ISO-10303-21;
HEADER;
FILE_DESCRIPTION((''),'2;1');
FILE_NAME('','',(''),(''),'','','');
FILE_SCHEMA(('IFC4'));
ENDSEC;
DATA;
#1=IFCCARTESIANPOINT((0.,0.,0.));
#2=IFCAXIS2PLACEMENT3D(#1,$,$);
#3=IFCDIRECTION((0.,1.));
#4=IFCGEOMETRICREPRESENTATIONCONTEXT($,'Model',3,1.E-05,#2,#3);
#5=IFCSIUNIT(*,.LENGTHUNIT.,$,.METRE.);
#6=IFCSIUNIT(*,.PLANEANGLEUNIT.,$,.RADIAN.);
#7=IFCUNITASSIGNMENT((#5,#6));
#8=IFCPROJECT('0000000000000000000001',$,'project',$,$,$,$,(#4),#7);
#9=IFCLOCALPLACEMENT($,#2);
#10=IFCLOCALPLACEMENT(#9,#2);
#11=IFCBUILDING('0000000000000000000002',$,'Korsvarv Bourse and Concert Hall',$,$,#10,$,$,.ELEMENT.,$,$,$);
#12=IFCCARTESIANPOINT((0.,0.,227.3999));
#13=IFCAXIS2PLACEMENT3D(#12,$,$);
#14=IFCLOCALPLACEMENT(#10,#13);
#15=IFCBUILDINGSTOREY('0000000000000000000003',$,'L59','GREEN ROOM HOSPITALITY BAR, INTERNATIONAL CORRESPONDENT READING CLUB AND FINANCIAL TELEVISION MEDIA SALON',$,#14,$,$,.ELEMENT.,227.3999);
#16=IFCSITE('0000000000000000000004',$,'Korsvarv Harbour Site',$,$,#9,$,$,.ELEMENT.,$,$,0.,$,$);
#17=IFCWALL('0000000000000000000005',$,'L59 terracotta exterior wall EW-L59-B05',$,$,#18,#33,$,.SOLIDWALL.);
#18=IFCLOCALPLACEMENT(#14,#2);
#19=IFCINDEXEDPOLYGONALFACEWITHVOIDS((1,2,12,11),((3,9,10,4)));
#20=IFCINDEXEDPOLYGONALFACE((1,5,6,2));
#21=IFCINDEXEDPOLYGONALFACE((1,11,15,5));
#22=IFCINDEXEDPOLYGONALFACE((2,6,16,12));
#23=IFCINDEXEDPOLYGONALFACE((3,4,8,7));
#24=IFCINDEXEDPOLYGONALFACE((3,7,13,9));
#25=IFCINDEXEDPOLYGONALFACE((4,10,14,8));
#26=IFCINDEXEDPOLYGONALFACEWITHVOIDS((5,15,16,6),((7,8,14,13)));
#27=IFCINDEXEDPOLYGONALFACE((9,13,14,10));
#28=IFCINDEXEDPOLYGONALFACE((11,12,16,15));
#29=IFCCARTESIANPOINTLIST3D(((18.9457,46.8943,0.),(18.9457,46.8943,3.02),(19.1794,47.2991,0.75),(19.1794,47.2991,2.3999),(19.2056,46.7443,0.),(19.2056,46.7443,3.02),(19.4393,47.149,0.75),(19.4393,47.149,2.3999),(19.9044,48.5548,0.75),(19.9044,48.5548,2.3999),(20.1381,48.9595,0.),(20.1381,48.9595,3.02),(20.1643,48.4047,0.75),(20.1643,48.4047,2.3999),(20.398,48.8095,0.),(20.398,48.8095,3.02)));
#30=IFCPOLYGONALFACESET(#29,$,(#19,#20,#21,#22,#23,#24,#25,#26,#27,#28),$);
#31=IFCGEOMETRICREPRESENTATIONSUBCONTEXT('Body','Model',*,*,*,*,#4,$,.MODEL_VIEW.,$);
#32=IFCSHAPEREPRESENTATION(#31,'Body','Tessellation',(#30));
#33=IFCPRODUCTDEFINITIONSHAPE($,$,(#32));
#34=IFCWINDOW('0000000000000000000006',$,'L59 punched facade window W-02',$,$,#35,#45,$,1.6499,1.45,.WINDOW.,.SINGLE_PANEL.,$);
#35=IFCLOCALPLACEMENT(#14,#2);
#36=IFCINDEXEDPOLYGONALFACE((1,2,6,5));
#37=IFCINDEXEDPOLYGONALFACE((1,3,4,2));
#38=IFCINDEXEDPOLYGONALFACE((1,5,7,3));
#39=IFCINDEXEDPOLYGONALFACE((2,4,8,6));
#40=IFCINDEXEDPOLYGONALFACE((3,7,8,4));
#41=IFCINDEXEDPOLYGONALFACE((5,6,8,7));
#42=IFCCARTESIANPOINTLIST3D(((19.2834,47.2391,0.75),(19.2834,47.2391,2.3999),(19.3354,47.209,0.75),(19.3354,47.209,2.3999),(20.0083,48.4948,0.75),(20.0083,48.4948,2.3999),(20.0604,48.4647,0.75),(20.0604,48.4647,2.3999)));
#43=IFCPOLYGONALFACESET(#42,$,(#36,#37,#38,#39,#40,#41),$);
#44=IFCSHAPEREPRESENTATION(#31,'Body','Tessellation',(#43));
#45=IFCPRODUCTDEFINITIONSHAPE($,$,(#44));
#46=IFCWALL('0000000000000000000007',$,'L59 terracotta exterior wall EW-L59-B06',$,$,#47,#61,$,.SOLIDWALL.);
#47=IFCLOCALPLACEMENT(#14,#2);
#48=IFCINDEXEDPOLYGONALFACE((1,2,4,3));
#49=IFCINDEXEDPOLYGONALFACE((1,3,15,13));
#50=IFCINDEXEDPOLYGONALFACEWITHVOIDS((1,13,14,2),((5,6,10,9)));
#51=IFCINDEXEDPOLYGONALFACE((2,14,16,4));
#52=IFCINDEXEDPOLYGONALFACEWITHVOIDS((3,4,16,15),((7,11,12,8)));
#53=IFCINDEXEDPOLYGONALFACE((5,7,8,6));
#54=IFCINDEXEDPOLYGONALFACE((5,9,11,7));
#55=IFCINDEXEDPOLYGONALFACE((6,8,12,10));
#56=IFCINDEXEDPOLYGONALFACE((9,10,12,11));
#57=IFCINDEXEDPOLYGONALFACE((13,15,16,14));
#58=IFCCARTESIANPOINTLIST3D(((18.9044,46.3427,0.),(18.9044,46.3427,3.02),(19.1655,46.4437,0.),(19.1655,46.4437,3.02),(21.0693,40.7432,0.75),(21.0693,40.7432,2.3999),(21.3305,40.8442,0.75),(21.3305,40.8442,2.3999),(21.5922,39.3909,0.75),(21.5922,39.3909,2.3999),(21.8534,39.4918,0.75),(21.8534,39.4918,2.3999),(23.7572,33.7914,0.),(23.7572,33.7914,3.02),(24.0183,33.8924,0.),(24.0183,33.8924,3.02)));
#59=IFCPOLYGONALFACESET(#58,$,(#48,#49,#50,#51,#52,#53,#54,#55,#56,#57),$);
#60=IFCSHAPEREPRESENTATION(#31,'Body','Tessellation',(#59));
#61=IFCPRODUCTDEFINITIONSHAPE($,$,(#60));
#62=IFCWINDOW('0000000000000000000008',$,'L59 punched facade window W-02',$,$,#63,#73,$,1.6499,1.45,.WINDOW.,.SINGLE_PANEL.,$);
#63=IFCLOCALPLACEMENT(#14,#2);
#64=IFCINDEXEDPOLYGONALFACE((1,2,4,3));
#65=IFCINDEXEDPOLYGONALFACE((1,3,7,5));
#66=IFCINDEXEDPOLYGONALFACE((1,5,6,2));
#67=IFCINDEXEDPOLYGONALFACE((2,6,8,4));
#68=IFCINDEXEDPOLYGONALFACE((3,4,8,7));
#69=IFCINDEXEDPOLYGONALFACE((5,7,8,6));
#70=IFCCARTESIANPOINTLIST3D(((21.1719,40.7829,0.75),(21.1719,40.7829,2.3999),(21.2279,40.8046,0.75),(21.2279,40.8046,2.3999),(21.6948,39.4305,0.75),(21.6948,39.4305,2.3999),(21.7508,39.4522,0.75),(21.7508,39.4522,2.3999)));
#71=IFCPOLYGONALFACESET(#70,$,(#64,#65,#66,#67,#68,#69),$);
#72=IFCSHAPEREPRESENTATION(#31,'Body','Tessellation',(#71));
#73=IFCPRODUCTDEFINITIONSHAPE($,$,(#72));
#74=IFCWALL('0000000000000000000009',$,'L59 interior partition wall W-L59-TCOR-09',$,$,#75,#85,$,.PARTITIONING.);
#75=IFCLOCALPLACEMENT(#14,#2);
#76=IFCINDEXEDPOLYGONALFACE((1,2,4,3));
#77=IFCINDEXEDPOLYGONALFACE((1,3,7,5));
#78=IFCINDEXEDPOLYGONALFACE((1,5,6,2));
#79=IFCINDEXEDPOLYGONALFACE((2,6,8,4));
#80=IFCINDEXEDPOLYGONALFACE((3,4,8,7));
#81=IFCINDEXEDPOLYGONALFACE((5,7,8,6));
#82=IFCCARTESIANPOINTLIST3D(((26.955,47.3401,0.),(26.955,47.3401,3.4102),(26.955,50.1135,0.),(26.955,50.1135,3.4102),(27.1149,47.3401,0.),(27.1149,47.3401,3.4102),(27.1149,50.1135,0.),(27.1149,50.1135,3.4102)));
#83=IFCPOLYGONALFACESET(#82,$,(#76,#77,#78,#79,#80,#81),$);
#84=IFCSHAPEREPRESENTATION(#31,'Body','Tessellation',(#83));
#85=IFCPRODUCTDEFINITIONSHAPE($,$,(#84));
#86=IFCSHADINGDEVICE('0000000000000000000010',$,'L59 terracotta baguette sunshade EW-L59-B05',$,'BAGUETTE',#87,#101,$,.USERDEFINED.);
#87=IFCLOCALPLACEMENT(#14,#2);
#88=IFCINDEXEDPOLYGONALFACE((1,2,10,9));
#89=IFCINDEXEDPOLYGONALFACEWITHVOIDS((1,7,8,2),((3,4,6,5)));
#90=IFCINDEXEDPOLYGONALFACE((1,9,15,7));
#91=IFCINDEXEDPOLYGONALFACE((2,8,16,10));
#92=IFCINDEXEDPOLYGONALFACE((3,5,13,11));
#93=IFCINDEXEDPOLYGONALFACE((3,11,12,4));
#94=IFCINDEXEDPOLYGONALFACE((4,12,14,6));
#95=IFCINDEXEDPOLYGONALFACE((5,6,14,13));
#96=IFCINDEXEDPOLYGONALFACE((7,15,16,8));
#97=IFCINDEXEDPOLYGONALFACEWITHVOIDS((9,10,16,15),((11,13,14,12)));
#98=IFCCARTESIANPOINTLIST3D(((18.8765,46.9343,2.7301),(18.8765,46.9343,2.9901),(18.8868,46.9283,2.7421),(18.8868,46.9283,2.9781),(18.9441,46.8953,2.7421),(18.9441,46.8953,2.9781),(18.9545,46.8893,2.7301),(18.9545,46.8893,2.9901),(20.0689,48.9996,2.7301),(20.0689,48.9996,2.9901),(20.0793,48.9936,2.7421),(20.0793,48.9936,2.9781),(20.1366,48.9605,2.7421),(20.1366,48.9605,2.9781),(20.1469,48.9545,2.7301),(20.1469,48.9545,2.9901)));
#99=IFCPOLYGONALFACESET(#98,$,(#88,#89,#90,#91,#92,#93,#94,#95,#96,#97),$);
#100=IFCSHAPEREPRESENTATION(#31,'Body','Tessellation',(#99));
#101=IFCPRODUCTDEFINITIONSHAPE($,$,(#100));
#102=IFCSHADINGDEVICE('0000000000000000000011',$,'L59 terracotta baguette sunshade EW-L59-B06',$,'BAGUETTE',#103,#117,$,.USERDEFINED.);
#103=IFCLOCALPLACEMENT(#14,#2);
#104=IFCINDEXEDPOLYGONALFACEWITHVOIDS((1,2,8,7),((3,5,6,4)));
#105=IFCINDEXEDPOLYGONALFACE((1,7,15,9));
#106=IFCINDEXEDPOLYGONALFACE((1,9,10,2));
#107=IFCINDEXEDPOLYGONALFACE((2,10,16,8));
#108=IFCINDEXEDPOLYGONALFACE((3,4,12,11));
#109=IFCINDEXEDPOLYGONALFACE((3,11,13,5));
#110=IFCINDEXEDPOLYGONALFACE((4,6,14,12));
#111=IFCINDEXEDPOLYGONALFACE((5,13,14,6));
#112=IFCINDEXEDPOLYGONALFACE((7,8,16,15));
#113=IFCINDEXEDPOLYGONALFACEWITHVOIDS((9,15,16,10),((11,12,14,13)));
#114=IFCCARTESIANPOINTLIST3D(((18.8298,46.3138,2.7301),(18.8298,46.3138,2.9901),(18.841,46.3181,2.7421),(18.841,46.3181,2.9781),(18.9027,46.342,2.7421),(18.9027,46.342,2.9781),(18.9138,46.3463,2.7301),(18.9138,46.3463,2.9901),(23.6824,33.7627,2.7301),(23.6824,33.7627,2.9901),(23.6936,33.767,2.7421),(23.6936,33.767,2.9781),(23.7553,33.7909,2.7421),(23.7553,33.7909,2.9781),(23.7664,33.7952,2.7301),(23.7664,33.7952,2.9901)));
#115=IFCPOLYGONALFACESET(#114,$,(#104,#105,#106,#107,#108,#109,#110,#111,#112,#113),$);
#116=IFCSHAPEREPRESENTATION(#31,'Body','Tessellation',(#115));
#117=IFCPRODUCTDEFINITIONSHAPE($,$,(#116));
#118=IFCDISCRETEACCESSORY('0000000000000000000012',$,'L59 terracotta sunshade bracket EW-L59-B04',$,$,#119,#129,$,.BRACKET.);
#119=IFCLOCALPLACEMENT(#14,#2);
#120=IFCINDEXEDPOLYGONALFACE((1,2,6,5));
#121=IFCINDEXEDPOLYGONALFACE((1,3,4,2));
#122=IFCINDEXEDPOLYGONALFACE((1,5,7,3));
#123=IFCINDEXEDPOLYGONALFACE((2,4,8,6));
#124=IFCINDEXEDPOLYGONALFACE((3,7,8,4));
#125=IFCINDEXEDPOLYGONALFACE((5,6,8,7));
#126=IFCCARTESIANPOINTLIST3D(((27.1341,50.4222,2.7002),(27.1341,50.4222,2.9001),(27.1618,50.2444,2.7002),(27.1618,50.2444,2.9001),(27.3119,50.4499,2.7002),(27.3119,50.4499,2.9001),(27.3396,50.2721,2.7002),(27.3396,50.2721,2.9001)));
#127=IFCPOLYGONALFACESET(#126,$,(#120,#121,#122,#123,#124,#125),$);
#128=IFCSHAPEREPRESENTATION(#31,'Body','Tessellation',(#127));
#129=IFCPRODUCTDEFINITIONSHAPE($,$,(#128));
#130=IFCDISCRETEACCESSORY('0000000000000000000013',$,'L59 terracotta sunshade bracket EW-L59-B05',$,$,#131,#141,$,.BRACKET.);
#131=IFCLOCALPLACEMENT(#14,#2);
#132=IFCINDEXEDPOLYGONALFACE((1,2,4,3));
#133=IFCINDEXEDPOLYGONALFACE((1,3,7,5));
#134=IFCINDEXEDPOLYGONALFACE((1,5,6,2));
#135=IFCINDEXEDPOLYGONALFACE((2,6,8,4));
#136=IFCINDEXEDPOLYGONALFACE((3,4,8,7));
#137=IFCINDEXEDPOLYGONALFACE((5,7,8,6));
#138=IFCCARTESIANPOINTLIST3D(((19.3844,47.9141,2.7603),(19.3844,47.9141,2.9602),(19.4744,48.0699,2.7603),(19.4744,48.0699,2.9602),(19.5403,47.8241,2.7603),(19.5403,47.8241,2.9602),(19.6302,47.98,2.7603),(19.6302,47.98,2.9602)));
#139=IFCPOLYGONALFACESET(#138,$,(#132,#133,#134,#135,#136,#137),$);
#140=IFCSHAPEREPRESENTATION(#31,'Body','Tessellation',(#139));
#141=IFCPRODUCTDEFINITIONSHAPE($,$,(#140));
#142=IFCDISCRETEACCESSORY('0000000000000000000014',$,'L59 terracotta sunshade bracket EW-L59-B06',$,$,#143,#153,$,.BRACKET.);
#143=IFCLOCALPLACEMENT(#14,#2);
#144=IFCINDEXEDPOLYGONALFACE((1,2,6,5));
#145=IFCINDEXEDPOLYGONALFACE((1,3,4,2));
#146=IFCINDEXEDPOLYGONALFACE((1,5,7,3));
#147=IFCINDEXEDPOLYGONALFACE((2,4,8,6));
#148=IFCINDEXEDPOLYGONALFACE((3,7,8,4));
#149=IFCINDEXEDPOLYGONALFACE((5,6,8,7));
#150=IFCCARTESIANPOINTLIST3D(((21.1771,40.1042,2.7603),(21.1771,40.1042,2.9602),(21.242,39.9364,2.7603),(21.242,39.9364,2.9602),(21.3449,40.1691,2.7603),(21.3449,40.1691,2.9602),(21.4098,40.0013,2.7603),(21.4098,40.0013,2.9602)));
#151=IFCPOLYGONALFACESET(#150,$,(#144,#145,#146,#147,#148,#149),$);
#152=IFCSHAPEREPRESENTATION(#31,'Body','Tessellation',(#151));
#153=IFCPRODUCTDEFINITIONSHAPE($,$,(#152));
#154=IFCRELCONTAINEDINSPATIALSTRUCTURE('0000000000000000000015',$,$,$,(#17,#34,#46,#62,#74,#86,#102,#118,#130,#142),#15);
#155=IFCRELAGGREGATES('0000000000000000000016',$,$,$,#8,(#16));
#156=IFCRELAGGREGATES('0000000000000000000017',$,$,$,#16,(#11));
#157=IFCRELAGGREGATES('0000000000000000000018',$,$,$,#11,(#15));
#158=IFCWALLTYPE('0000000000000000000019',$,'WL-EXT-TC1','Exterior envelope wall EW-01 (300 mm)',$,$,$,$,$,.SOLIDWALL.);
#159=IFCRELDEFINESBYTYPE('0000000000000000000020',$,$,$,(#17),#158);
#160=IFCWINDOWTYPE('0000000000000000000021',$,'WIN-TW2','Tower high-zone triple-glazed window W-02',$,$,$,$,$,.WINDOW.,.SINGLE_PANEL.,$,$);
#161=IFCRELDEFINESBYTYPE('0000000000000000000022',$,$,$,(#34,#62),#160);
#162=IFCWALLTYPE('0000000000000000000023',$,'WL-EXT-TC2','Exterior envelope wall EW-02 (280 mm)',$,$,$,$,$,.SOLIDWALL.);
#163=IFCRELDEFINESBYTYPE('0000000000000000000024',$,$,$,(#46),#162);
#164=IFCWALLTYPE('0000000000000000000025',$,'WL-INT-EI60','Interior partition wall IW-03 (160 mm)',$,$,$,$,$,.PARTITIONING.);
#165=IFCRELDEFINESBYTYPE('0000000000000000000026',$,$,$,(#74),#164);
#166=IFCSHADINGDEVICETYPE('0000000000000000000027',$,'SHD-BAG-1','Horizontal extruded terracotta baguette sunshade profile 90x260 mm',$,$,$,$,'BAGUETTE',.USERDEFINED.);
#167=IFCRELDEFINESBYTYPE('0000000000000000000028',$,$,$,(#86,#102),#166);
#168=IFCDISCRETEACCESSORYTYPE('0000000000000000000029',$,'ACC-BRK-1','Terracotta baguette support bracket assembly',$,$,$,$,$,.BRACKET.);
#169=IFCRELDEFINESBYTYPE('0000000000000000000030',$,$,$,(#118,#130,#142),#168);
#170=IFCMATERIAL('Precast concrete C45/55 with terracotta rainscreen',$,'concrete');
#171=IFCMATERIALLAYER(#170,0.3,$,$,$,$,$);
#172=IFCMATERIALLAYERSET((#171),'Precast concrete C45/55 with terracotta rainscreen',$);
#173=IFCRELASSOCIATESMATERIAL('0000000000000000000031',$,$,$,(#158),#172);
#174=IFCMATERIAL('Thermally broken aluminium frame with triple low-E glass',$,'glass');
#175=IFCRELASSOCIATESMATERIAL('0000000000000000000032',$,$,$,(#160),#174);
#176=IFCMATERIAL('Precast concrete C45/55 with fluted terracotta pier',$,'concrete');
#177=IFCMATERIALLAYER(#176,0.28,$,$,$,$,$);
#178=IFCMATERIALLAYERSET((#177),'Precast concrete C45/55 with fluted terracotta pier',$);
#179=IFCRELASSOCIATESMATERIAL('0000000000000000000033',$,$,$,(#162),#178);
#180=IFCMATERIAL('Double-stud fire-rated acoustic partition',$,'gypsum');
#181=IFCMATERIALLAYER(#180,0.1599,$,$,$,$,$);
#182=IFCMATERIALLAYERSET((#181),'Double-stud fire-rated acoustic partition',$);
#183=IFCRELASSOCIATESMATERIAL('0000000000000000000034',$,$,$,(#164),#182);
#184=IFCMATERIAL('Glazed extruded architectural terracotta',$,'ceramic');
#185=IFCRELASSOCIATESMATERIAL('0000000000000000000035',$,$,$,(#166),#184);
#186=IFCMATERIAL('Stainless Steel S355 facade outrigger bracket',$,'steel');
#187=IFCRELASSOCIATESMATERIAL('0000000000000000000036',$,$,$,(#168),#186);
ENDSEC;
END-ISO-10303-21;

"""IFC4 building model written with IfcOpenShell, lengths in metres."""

from ifc_helpers import new_model, si_unit, direction, frame, frame_2d, origin, origin_2d, place, context, subcontext, project, spatial, rectangle, hollow_rectangle, extrude, source, transform, mapped, material, layer, layer_set, material_profile, profile_set, type_object, element, fill, save


model = new_model("IFC4")

# Units and contexts
model_context = context("Model", 3, precision=1e-05, world=origin(), true_north=direction((0.0, 1.0)))
body_context = subcontext(model_context, "Body", "Model", "MODEL_VIEW")
ifc_project = project(units=[si_unit("LENGTHUNIT", "METRE"), si_unit("PLANEANGLEUNIT", "RADIAN")], contexts=[model_context])

# Site, building, storey
site_placement = place(None, origin())
site = spatial("IfcSite", under=ifc_project, at=site_placement, Name="Korsvarv Harbour Site", CompositionType="ELEMENT", RefElevation=0.0)
building_placement = place(site_placement, origin())
building = spatial("IfcBuilding", under=site, at=building_placement, Name="Korsvarv Bourse and Concert Hall", CompositionType="ELEMENT")
storey_placement = place(building_placement, frame((0.0, 0.0, 227.3999)))
storey = spatial("IfcBuildingStorey", under=building, at=storey_placement, Name="L59", Description="GREEN ROOM HOSPITALITY BAR, INTERNATIONAL CORRESPONDENT READING CLUB AND FINANCIAL TELEVISION MEDIA SALON", CompositionType="ELEMENT", Elevation=227.3999)

# Walls, openings, windows
ifc_material_1 = material(Name="Precast concrete C45/55 with terracotta rainscreen", Category="concrete")
ifc_layer_1 = layer(ifc_material_1, 0.3)
ifc_layer_set_1 = layer_set([ifc_layer_1], Name="Precast concrete C45/55 with terracotta rainscreen")
wall_type_1 = type_object("IfcWallType", Name="WL-EXT-TC1", Description="Exterior envelope wall EW-01 (300 mm)", PredefinedType="SOLIDWALL", material=ifc_layer_set_1)
wall_1_placement = place(storey_placement, frame((20.2681, 48.8845, 0.0), z_axis=(0.0, 0.0, 1.0), x_axis=(-0.500015, -0.866017, 0.0)))
wall_1 = element("IfcWall", 1, at=wall_1_placement, inside=storey, type_object=wall_type_1, Name="L59 terracotta exterior wall EW-L59-B05", PredefinedType="SOLIDWALL", context=body_context, shape_type="SweptSolid", body=[
    extrude(rectangle(XDim=2.3848, YDim=0.3, at=frame_2d((1.1924, 0.0))), origin(), (0.0, 0.0, 1.0), 3.02),
])
opening_1_placement = place(wall_1_placement, frame((0.4673, 0.0, 0.75)))
opening_1 = element("IfcOpeningElement", 2, at=opening_1_placement, cuts=wall_1, PredefinedType="OPENING", context=body_context, shape_type="SweptSolid", body=[
    extrude(rectangle(XDim=1.45, YDim=1.6499, at=frame_2d((0.7251, 0.825))), frame((0.0, 0.1602, 0.0), z_axis=(0.0, -1.0, 0.0), x_axis=(1.0, 0.0, 0.0)), (0.0, 0.0, 1.0), 0.3201),
])
ifc_material_2 = material(Name="Thermally broken aluminium frame with triple low-E glass", Category="glass")
window_type = type_object("IfcWindowType", Name="WIN-TW2", Description="Tower high-zone triple-glazed window W-02", PartitioningType="SINGLE_PANEL", PredefinedType="WINDOW", material=ifc_material_2)
window_1_placement = place(opening_1_placement, origin())
window_1 = element("IfcWindow", 3, at=window_1_placement, inside=storey, type_object=window_type, Name="L59 punched facade window W-02", OverallHeight=1.6499, OverallWidth=1.45, PartitioningType="SINGLE_PANEL", PredefinedType="WINDOW", context=body_context, shape_type="SweptSolid", body=[
    extrude(rectangle(XDim=1.45, YDim=1.6499, at=frame_2d((0.7251, 0.825))), frame((0.0, 0.03, 0.0), z_axis=(0.0, -1.0, 0.0), x_axis=(1.0, 0.0, 0.0)), (0.0, 0.0, 1.0), 0.0601),
])
fill(opening_1, window_1)
ifc_material_3 = material(Name="Precast concrete C45/55 with fluted terracotta pier", Category="concrete")
ifc_layer_2 = layer(ifc_material_3, 0.28)
ifc_layer_set_2 = layer_set([ifc_layer_2], Name="Precast concrete C45/55 with fluted terracotta pier")
wall_type_2 = type_object("IfcWallType", Name="WL-EXT-TC2", Description="Exterior envelope wall EW-02 (280 mm)", PredefinedType="SOLIDWALL", material=ifc_layer_set_2)
wall_2_placement = place(storey_placement, frame((19.0349, 46.3933, 0.0), z_axis=(0.0, 0.0, 1.0), x_axis=(0.360621, -0.932712, 0.0)))
wall_2 = element("IfcWall", 4, at=wall_2_placement, inside=storey, type_object=wall_type_2, Name="L59 terracotta exterior wall EW-L59-B06", PredefinedType="SOLIDWALL", context=body_context, shape_type="SweptSolid", body=[
    extrude(rectangle(XDim=13.4568, YDim=0.28, at=frame_2d((6.7285, 0.0))), origin(), (0.0, 0.0, 1.0), 3.02),
])
opening_2_placement = place(wall_2_placement, frame((6.0034, 0.0, 0.75)))
opening_2 = element("IfcOpeningElement", 5, at=opening_2_placement, cuts=wall_2, PredefinedType="OPENING", context=body_context, shape_type="SweptSolid", body=[
    extrude(rectangle(XDim=1.45, YDim=1.6499, at=frame_2d((0.7251, 0.825))), frame((0.0, 0.1499, 0.0), z_axis=(0.0, -1.0, 0.0), x_axis=(1.0, 0.0, 0.0)), (0.0, 0.0, 1.0), 0.3),
])
window_2_placement = place(opening_2_placement, origin())
window_2 = element("IfcWindow", 6, at=window_2_placement, inside=storey, type_object=window_type, Name="L59 punched facade window W-02", OverallHeight=1.6499, OverallWidth=1.45, PartitioningType="SINGLE_PANEL", PredefinedType="WINDOW", context=body_context, shape_type="SweptSolid", body=[
    extrude(rectangle(XDim=1.45, YDim=1.6499, at=frame_2d((0.7251, 0.825))), frame((0.0, 0.03, 0.0), z_axis=(0.0, -1.0, 0.0), x_axis=(1.0, 0.0, 0.0)), (0.0, 0.0, 1.0), 0.0601),
])
fill(opening_2, window_2)

# Wall
ifc_material_4 = material(Name="Double-stud fire-rated acoustic partition", Category="gypsum")
ifc_layer_3 = layer(ifc_material_4, 0.1599)
ifc_layer_set_3 = layer_set([ifc_layer_3], Name="Double-stud fire-rated acoustic partition")
wall_type_3 = type_object("IfcWallType", Name="WL-INT-EI60", Description="Interior partition wall IW-03 (160 mm)", PredefinedType="PARTITIONING", material=ifc_layer_set_3)
wall_3_placement = place(storey_placement, frame((27.0349, 47.3401, 0.0), z_axis=(0.0, 0.0, 1.0), x_axis=(0.0, 1.0, 0.0)))
element("IfcWall", 7, at=wall_3_placement, inside=storey, type_object=wall_type_3, Name="L59 interior partition wall W-L59-TCOR-09", PredefinedType="PARTITIONING", context=body_context, shape_type="SweptSolid", body=[
    extrude(rectangle(XDim=2.7734, YDim=0.1599, at=frame_2d((1.3867, 0.0))), origin(), (0.0, 0.0, 1.0), 3.4102),
])

# Shading devices
ifc_material_5 = material(Name="Glazed extruded architectural terracotta", Category="ceramic")
ifc_material_profile_1 = material_profile(ifc_material_5, hollow_rectangle(XDim=0.0901, YDim=0.26, WallThickness=0.012, at=origin_2d()), Name="TC-BAG 90x260")
ifc_profile_set_1 = profile_set([ifc_material_profile_1], Name="Glazed extruded architectural terracotta")
shading_device_type = type_object("IfcShadingDeviceType", Name="SHD-BAG-1", Description="Horizontal extruded terracotta baguette sunshade profile 90x260 mm", ElementType="BAGUETTE", PredefinedType="USERDEFINED", material=ifc_profile_set_1)
shared_shape_1 = source(origin(), body_context, "Body", "SweptSolid", [
    extrude(hollow_rectangle(XDim=0.0901, YDim=0.26, WallThickness=0.012, at=origin_2d()), origin(), (0.0, 0.0, 1.0), 2.3848),
])
shading_device_1_placement = place(storey_placement, frame((20.1079, 48.9771, 2.8601), z_axis=(-0.500015, -0.866017, 0.0), x_axis=(0.866017, -0.500015, 0.0)))
element("IfcShadingDevice", 8, at=shading_device_1_placement, inside=storey, type_object=shading_device_type, Name="L59 terracotta baguette sunshade EW-L59-B05", ObjectType="BAGUETTE", PredefinedType="USERDEFINED", context=body_context, shape_type="MappedRepresentation", body=[
    mapped(shared_shape_1, transform((0.0, 0.0, 0.0), scale=1.0)),
])
shared_shape_2 = source(origin(), body_context, "Body", "SweptSolid", [
    extrude(hollow_rectangle(XDim=0.0901, YDim=0.26, WallThickness=0.012, at=origin_2d()), origin(), (0.0, 0.0, 1.0), 13.4565),
])
shading_device_2_placement = place(storey_placement, frame((18.8718, 46.3301, 2.8601), z_axis=(0.360611, -0.932716, 0.0), x_axis=(0.932716, 0.360611, 0.0)))
element("IfcShadingDevice", 9, at=shading_device_2_placement, inside=storey, type_object=shading_device_type, Name="L59 terracotta baguette sunshade EW-L59-B06", ObjectType="BAGUETTE", PredefinedType="USERDEFINED", context=body_context, shape_type="MappedRepresentation", body=[
    mapped(shared_shape_2, transform((0.0, 0.0, 0.0), scale=1.0)),
])

# Discrete accessories
ifc_material_6 = material(Name="Stainless Steel S355 facade outrigger bracket", Category="steel")
discrete_accessory_type = type_object("IfcDiscreteAccessoryType", Name="ACC-BRK-1", Description="Terracotta baguette support bracket assembly", PredefinedType="BRACKET", material=ifc_material_6)
shared_shape_3 = source(origin(), body_context, "Body", "SweptSolid", [
    extrude(rectangle(XDim=0.1799, YDim=0.1799, at=origin_2d()), origin(), (0.0, 0.0, 1.0), 0.2),
])
for number, where, z_axis, x_axis, name in (
    (10, (27.2368, 50.3472, 2.7002), (0.0, 0.0, 1.0), (-0.988068, -0.154021, 0.0), "L59 terracotta sunshade bracket EW-L59-B04"),
    (11, (19.5073, 47.947, 2.7603), (0.0, 0.0, 1.0), (-0.5, -0.866025, 0.0), "L59 terracotta sunshade bracket EW-L59-B05"),
    (12, (21.2935, 40.0527, 2.7603), (0.0, 0.0, 1.0), (0.360648, -0.932702, 0.0), "L59 terracotta sunshade bracket EW-L59-B06"),
):
    element("IfcDiscreteAccessory", number, at=place(storey_placement, frame(where, z_axis=z_axis, x_axis=x_axis)), inside=storey, type_object=discrete_accessory_type, Name=name, PredefinedType="BRACKET", context=body_context, shape_type="MappedRepresentation", body=[
        mapped(shared_shape_3, transform((0.0, 0.0, 0.0), scale=1.0)),
    ])

save(model, "model.ifc")
